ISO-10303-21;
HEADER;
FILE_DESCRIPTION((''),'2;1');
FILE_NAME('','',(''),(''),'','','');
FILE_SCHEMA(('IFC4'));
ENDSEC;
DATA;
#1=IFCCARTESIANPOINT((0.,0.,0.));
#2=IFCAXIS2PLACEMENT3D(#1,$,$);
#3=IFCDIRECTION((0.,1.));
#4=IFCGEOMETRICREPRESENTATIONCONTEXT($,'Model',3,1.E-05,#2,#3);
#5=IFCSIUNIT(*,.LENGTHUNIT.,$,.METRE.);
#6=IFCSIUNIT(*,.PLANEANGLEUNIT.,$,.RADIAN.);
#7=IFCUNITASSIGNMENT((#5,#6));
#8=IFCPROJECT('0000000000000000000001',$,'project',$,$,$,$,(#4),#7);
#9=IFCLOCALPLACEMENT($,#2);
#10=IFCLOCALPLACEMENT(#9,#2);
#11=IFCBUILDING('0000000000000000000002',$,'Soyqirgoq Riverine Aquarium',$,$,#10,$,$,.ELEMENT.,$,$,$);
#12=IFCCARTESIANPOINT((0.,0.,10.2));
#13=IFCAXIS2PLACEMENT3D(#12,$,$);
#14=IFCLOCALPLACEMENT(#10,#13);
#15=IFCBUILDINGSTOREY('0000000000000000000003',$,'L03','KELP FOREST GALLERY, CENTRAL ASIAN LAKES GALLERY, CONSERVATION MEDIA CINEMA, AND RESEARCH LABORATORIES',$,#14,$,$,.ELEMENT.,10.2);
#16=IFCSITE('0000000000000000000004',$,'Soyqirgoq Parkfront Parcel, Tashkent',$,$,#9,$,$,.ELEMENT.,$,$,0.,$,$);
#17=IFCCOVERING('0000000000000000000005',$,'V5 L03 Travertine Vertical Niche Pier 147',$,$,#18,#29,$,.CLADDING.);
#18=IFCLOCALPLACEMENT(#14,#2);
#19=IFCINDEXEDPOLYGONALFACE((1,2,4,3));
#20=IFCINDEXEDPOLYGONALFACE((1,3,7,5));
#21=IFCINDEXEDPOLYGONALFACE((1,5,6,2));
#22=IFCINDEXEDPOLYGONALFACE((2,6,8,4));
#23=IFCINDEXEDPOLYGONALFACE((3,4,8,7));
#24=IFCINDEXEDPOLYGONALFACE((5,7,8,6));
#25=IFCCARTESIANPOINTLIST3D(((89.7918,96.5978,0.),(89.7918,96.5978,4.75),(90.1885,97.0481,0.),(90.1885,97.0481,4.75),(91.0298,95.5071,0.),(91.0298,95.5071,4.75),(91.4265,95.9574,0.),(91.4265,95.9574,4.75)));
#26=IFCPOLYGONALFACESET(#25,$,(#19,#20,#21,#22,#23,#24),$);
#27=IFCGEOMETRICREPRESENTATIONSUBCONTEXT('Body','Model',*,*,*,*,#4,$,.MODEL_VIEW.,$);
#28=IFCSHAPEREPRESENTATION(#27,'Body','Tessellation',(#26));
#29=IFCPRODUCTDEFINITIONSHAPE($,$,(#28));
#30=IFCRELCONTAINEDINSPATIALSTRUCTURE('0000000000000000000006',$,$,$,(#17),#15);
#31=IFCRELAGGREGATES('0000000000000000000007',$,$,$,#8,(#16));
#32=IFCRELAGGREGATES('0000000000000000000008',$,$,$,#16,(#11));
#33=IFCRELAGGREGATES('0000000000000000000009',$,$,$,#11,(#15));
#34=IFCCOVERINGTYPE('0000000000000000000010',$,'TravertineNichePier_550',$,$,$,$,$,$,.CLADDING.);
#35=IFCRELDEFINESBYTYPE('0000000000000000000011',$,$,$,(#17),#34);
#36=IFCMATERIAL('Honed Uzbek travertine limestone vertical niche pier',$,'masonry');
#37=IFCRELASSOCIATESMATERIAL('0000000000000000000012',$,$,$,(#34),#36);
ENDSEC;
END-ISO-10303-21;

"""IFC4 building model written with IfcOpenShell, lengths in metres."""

from ifc_helpers import new_model, si_unit, direction, frame, origin, origin_2d, place, context, subcontext, project, spatial, rectangle, extrude, material, type_object, element, save


model = new_model("IFC4")

# Units and contexts
model_context = context("Model", 3, precision=1e-05, world=origin(), true_north=direction((0.0, 1.0)))
body_context = subcontext(model_context, "Body", "Model", "MODEL_VIEW")
ifc_project = project(units=[si_unit("LENGTHUNIT", "METRE"), si_unit("PLANEANGLEUNIT", "RADIAN")], contexts=[model_context])

# Site, building, storey
site_placement = place(None, origin())
site = spatial("IfcSite", under=ifc_project, at=site_placement, Name="Soyqirgoq Parkfront Parcel, Tashkent", CompositionType="ELEMENT", RefElevation=0.0)
building_placement = place(site_placement, origin())
building = spatial("IfcBuilding", under=site, at=building_placement, Name="Soyqirgoq Riverine Aquarium", CompositionType="ELEMENT")
storey_placement = place(building_placement, frame((0.0, 0.0, 10.2)))
storey = spatial("IfcBuildingStorey", under=building, at=storey_placement, Name="L03", Description="KELP FOREST GALLERY, CENTRAL ASIAN LAKES GALLERY, CONSERVATION MEDIA CINEMA, AND RESEARCH LABORATORIES", CompositionType="ELEMENT", Elevation=10.2)

# Covering
ifc_material_1 = material(Name="Honed Uzbek travertine limestone vertical niche pier", Category="masonry")
covering_type_1 = type_object("IfcCoveringType", Name="TravertineNichePier_550", PredefinedType="CLADDING", material=ifc_material_1)
for number, where, z_axis, x_axis, name in (
    (1, (90.6091, 96.2776, 0.0), (0.0, 0.0, 1.0), (0.66105, 0.750342, 0.0), "V5 L03 Travertine Vertical Niche Pier 147"),
):
    element("IfcCovering", number, at=place(storey_placement, frame(where, z_axis=z_axis, x_axis=x_axis)), inside=storey, type_object=covering_type_1, Name=name, PredefinedType="CLADDING", context=body_context, shape_type="SweptSolid", body=[
        extrude(rectangle(XDim=0.6001, YDim=1.6499, at=origin_2d()), origin(), (0.0, 0.0, 1.0), 4.75),
    ])

save(model, "model.ifc")
